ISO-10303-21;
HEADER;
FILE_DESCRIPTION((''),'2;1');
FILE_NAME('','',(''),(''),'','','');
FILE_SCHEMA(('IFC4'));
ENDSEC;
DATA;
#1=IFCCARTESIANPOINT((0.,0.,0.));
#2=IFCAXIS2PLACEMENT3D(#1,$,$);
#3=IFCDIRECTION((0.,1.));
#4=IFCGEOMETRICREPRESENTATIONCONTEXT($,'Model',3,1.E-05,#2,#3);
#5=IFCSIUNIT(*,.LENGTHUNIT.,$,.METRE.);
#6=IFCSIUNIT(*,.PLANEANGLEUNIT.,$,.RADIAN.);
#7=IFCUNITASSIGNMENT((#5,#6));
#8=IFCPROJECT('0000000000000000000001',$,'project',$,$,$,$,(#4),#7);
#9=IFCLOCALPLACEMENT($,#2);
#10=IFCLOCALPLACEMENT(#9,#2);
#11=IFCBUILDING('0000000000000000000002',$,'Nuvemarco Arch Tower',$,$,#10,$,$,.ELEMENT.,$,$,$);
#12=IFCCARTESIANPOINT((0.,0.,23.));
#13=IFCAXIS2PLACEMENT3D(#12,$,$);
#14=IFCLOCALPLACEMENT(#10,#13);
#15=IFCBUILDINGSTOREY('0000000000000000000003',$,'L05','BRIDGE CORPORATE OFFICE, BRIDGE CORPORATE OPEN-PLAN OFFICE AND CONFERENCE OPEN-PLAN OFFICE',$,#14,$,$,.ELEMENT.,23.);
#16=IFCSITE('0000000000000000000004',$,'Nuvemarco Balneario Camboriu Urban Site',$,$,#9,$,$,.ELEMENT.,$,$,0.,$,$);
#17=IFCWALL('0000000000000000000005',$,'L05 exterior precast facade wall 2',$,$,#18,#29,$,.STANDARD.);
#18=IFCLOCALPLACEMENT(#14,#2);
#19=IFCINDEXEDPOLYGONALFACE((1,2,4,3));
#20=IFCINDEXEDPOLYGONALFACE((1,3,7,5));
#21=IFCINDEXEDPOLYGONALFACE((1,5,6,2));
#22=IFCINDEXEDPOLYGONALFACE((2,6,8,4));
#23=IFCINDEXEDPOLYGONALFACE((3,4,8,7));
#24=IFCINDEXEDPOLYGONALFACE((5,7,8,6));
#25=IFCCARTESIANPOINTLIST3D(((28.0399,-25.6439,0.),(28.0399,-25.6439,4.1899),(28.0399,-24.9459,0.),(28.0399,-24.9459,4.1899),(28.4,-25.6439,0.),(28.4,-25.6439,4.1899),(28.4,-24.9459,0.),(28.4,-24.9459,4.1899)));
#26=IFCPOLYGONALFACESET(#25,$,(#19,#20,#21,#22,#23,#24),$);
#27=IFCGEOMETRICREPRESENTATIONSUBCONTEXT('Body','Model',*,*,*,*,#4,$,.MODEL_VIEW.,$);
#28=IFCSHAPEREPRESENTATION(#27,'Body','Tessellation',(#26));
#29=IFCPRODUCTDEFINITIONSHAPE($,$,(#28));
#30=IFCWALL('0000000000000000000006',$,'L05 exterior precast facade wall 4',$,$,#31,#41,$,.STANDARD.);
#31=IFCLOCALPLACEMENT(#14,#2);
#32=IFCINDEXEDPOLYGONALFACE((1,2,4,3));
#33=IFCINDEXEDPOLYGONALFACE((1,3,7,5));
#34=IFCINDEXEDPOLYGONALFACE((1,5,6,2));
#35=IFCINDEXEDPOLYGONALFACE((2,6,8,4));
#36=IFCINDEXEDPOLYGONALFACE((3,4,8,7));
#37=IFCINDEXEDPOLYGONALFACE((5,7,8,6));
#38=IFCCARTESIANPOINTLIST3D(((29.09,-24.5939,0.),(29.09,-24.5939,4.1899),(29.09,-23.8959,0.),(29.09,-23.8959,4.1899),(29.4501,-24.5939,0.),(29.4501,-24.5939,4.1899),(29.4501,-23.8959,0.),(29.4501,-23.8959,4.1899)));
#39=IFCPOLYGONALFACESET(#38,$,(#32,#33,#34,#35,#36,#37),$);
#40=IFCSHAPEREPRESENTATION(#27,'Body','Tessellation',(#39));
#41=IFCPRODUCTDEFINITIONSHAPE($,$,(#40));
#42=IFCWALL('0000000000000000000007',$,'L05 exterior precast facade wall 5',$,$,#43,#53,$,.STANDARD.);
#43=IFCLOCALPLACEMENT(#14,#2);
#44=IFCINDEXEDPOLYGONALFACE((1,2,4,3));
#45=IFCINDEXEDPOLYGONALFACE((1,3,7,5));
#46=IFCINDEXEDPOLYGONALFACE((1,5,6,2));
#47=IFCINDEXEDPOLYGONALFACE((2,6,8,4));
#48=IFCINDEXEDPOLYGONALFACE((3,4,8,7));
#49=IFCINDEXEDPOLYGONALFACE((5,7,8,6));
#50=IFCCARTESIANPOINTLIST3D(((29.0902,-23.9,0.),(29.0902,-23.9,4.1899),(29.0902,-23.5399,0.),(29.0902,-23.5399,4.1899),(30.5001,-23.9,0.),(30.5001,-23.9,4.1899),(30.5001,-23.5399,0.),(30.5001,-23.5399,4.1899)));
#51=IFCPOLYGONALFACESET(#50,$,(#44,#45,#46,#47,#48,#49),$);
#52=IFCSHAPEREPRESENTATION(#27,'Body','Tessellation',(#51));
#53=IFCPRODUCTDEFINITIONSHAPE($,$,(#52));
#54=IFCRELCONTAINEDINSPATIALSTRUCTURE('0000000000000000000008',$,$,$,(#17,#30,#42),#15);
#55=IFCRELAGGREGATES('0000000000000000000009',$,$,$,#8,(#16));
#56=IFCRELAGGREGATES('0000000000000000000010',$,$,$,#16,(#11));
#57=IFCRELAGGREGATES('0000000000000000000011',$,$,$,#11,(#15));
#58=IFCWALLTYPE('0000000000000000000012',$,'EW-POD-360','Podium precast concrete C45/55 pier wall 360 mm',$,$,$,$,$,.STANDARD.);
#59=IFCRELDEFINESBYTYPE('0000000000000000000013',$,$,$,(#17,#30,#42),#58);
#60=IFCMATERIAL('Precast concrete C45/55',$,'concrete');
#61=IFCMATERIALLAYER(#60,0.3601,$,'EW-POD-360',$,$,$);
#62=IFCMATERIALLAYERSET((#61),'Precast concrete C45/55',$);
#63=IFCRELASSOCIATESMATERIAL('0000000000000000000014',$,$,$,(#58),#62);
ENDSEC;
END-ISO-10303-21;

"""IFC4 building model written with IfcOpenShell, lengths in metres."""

from ifc_helpers import new_model, si_unit, direction, frame, frame_2d, origin, place, context, subcontext, project, spatial, rectangle, extrude, material, layer, layer_set, type_object, element, save


model = new_model("IFC4")

# Units and contexts
model_context = context("Model", 3, precision=1e-05, world=origin(), true_north=direction((0.0, 1.0)))
body_context = subcontext(model_context, "Body", "Model", "MODEL_VIEW")
ifc_project = project(units=[si_unit("LENGTHUNIT", "METRE"), si_unit("PLANEANGLEUNIT", "RADIAN")], contexts=[model_context])

# Site, building, storey
site_placement = place(None, origin())
site = spatial("IfcSite", under=ifc_project, at=site_placement, Name="Nuvemarco Balneario Camboriu Urban Site", CompositionType="ELEMENT", RefElevation=0.0)
building_placement = place(site_placement, origin())
building = spatial("IfcBuilding", under=site, at=building_placement, Name="Nuvemarco Arch Tower", CompositionType="ELEMENT")
storey_placement = place(building_placement, frame((0.0, 0.0, 23.0)))
storey = spatial("IfcBuildingStorey", under=building, at=storey_placement, Name="L05", Description="BRIDGE CORPORATE OFFICE, BRIDGE CORPORATE OPEN-PLAN OFFICE AND CONFERENCE OPEN-PLAN OFFICE", CompositionType="ELEMENT", Elevation=23.0)

# Shared definitions
ifc_material_1 = material(Name="Precast concrete C45/55", Category="concrete")

# Walls
ifc_layer_1 = layer(ifc_material_1, 0.3601, Name="EW-POD-360")
ifc_layer_set_1 = layer_set([ifc_layer_1], Name="Precast concrete C45/55")
wall_type = type_object("IfcWallType", Name="EW-POD-360", Description="Podium precast concrete C45/55 pier wall 360 mm", PredefinedType="STANDARD", material=ifc_layer_set_1)
for number, where, z_axis, x_axis, name in (
    (1, (28.22, -25.644, 0.0), (0.0, 0.0, 1.0), (0.0, 1.0, 0.0), "L05 exterior precast facade wall 2"),
    (2, (29.27, -24.594, 0.0), (0.0, 0.0, 1.0), (0.0, 1.0, 0.0), "L05 exterior precast facade wall 4"),
):
    element("IfcWall", number, at=place(storey_placement, frame(where, z_axis=z_axis, x_axis=x_axis)), inside=storey, type_object=wall_type, Name=name, PredefinedType="STANDARD", context=body_context, shape_type="SweptSolid", body=[
        extrude(rectangle(XDim=0.698, YDim=0.3601, at=frame_2d((0.3491, 0.0))), origin(), (0.0, 0.0, 1.0), 4.1899),
    ])
wall_1_placement = place(storey_placement, frame((29.0901, -23.72, 0.0), z_axis=(0.0, 0.0, 1.0), x_axis=(1.0, 0.0, 0.0)))
element("IfcWall", 3, at=wall_1_placement, inside=storey, type_object=wall_type, Name="L05 exterior precast facade wall 5", PredefinedType="STANDARD", context=body_context, shape_type="SweptSolid", body=[
    extrude(rectangle(XDim=1.4099, YDim=0.3601, at=frame_2d((0.7051, 0.0))), origin(), (0.0, 0.0, 1.0), 4.1899),
])

save(model, "model.ifc")
